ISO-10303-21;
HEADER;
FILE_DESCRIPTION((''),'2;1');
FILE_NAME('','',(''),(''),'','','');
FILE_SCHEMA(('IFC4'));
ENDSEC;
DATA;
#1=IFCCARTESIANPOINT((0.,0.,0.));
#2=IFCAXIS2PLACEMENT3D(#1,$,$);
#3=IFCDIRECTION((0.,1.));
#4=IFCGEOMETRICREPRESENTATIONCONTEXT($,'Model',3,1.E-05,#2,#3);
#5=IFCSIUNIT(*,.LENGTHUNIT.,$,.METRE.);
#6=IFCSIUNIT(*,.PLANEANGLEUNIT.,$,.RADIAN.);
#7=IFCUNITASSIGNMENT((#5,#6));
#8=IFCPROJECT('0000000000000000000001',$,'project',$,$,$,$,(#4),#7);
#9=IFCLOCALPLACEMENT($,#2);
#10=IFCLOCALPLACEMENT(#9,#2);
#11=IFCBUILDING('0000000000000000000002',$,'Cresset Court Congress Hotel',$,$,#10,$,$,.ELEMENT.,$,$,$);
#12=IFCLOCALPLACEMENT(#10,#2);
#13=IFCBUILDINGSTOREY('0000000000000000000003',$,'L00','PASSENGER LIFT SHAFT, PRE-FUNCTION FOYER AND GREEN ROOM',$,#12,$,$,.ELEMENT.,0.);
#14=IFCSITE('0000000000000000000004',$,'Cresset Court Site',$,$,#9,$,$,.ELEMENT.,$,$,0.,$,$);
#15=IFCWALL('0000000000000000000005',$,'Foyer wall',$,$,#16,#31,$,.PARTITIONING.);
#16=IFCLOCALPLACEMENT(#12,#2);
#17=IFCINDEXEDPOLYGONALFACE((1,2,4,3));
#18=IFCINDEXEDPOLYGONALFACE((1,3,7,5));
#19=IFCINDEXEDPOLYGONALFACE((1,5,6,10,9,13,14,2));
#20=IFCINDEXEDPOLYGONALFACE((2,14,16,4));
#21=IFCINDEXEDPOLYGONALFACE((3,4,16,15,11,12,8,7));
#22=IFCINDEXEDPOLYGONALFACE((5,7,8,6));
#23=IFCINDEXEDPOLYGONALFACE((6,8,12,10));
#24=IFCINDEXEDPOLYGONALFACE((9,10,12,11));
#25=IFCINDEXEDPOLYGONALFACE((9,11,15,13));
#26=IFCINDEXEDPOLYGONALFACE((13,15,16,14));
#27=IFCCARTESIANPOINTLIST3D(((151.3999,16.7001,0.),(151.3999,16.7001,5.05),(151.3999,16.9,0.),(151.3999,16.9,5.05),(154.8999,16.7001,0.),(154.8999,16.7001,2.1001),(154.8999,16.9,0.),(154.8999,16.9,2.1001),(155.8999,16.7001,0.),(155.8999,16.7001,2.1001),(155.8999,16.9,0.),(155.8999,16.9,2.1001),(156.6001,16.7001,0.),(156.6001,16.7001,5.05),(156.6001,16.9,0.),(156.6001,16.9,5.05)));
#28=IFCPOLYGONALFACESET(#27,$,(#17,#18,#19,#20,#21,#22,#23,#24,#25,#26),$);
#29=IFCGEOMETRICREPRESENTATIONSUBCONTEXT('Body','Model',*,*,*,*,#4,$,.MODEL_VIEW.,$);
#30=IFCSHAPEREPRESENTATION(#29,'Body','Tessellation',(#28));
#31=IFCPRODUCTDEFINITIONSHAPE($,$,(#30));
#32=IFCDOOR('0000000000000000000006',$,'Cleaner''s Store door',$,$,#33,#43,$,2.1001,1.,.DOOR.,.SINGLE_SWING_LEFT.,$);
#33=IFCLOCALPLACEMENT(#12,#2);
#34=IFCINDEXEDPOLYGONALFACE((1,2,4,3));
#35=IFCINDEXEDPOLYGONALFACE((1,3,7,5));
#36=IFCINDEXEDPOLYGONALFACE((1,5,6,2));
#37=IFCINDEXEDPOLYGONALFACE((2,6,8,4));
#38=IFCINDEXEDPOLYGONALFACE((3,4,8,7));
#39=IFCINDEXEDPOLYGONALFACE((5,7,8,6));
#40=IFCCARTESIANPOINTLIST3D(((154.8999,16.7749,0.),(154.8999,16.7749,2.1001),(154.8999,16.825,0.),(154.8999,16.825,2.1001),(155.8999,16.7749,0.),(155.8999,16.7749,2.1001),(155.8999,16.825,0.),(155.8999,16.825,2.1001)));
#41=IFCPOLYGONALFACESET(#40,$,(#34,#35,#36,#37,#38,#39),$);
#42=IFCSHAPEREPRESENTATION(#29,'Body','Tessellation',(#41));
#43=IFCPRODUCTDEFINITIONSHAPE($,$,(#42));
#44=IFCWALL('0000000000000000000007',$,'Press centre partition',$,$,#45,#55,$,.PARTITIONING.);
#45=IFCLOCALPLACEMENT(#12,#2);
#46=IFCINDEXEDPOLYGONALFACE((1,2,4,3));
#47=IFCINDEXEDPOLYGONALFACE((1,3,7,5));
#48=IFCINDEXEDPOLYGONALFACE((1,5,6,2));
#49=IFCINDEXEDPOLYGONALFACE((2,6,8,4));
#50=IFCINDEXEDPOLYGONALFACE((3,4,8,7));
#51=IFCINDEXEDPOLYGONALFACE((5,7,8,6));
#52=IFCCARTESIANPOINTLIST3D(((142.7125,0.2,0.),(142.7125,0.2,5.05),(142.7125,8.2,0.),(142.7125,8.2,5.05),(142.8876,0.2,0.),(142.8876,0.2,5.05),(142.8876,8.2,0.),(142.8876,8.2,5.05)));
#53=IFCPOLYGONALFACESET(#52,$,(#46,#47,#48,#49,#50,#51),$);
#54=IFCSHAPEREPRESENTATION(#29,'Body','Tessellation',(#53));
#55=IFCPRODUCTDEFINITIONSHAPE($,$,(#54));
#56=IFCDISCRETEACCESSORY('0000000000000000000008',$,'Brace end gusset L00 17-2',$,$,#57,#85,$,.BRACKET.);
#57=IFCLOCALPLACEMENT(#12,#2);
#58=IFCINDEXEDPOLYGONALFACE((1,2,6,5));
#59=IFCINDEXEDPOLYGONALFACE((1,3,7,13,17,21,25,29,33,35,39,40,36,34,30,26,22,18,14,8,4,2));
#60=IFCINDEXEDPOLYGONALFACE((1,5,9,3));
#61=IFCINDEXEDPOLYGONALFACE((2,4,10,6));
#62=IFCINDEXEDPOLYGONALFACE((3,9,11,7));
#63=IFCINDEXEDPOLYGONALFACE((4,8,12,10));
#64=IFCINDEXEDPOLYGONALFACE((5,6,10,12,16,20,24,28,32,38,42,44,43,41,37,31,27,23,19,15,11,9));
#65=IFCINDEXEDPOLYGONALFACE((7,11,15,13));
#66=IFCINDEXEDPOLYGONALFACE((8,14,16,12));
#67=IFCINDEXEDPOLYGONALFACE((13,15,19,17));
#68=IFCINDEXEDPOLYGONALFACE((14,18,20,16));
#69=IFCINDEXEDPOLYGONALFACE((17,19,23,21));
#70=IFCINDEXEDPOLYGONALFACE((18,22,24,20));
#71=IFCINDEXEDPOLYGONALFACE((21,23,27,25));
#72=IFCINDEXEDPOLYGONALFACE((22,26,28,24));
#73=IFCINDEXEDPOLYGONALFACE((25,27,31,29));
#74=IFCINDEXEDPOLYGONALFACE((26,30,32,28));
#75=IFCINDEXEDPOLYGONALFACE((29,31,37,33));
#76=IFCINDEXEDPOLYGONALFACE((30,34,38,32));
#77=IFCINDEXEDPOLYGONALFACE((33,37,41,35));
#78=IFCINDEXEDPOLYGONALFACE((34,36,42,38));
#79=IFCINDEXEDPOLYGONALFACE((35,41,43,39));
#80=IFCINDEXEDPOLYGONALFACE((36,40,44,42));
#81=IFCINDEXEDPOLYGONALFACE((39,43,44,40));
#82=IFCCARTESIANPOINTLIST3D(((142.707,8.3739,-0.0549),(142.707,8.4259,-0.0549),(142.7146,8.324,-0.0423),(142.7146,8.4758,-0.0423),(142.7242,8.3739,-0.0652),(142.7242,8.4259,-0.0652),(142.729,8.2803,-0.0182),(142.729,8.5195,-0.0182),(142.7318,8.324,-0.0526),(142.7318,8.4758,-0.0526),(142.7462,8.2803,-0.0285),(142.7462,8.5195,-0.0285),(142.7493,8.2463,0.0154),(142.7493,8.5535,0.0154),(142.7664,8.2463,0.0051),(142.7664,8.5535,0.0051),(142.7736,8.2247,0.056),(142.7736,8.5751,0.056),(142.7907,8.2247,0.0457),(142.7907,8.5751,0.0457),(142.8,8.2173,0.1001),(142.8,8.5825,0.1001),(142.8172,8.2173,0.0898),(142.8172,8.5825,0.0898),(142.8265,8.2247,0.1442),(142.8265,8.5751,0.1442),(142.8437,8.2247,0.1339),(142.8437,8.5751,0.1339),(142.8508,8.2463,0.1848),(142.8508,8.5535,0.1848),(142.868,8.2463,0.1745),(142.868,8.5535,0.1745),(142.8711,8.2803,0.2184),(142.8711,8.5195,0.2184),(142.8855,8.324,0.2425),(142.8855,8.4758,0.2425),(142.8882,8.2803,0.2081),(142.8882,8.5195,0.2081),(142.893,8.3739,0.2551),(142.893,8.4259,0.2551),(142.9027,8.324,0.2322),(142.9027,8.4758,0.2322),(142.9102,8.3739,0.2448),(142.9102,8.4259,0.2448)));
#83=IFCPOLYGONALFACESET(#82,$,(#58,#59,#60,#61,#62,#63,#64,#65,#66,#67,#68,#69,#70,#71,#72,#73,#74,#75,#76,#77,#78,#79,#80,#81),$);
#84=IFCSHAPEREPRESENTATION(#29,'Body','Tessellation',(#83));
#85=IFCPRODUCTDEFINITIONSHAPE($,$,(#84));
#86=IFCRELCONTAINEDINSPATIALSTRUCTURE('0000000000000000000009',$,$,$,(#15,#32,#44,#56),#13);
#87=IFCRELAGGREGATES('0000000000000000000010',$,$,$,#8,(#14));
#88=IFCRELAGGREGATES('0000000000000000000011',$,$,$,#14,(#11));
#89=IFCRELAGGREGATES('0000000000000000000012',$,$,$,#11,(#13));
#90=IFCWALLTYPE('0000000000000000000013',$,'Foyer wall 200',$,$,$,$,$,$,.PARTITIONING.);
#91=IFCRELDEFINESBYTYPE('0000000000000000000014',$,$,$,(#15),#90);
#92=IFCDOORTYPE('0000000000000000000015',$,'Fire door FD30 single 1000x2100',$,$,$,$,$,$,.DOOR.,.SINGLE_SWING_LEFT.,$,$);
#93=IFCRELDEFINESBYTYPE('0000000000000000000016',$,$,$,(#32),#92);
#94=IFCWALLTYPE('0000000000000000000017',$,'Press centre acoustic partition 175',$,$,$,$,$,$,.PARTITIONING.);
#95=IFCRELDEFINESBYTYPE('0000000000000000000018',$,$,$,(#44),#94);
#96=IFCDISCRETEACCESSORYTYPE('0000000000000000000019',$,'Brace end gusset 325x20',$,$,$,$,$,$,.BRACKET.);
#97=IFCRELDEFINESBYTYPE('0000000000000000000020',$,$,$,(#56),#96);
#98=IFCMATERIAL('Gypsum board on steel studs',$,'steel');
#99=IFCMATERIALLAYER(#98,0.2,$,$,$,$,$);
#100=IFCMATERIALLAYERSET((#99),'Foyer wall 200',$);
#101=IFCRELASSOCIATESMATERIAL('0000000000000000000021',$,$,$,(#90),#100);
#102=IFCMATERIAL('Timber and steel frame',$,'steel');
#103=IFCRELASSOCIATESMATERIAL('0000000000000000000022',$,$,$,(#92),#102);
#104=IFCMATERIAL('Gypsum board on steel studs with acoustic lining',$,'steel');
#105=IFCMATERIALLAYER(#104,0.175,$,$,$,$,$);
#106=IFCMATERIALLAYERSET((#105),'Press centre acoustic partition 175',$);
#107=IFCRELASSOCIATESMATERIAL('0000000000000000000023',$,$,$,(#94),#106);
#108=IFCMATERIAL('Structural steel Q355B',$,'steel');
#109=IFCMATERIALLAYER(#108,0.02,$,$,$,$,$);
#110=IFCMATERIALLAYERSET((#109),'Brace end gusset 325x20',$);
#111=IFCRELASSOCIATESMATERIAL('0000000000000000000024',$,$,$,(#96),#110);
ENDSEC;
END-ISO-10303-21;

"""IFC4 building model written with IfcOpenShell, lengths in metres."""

from ifc_helpers import new_model, si_unit, direction, frame, frame_2d, origin, origin_2d, place, context, subcontext, project, spatial, rectangle, circle, extrude, material, layer, layer_set, type_object, element, fill, save


model = new_model("IFC4")

# Units and contexts
model_context = context("Model", 3, precision=1e-05, world=origin(), true_north=direction((0.0, 1.0)))
body_context = subcontext(model_context, "Body", "Model", "MODEL_VIEW")
ifc_project = project(units=[si_unit("LENGTHUNIT", "METRE"), si_unit("PLANEANGLEUNIT", "RADIAN")], contexts=[model_context])

# Site, building, storey
site_placement = place(None, origin())
site = spatial("IfcSite", under=ifc_project, at=site_placement, Name="Cresset Court Site", CompositionType="ELEMENT", RefElevation=0.0)
building_placement = place(site_placement, origin())
building = spatial("IfcBuilding", under=site, at=building_placement, Name="Cresset Court Congress Hotel", CompositionType="ELEMENT")
storey_placement = place(building_placement, origin())
storey = spatial("IfcBuildingStorey", under=building, at=storey_placement, Name="L00", Description="PASSENGER LIFT SHAFT, PRE-FUNCTION FOYER AND GREEN ROOM", CompositionType="ELEMENT", Elevation=0.0)

# Wall, opening, door
ifc_material_1 = material(Name="Gypsum board on steel studs", Category="steel")
ifc_layer_1 = layer(ifc_material_1, 0.2)
ifc_layer_set_1 = layer_set([ifc_layer_1], Name="Foyer wall 200")
wall_type_1 = type_object("IfcWallType", Name="Foyer wall 200", PredefinedType="PARTITIONING", material=ifc_layer_set_1)
wall_1_placement = place(storey_placement, frame((151.3999, 16.8, 0.0), z_axis=(0.0, 0.0, 1.0), x_axis=(1.0, 0.0, 0.0)))
wall_1 = element("IfcWall", 1, at=wall_1_placement, inside=storey, type_object=wall_type_1, Name="Foyer wall", PredefinedType="PARTITIONING", context=body_context, shape_type="SweptSolid", body=[
    extrude(rectangle(XDim=5.2002, YDim=0.2, at=frame_2d((2.6001, 0.0))), origin(), (0.0, 0.0, 1.0), 5.05),
])
opening_1_placement = place(wall_1_placement, frame((3.5, 0.0, 0.0)))
opening_1 = element("IfcOpeningElement", 2, at=opening_1_placement, cuts=wall_1, PredefinedType="OPENING", context=body_context, shape_type="SweptSolid", body=[
    extrude(rectangle(XDim=1.0, YDim=2.1001, at=frame_2d((0.5, 1.05))), frame((0.0, 0.1099, 0.0), z_axis=(0.0, -1.0, 0.0), x_axis=(1.0, 0.0, 0.0)), (0.0, 0.0, 1.0), 0.22),
])
ifc_material_2 = material(Name="Timber and steel frame", Category="steel")
door_type_1 = type_object("IfcDoorType", Name="Fire door FD30 single 1000x2100", OperationType="SINGLE_SWING_LEFT", PredefinedType="DOOR", material=ifc_material_2)
door_1_placement = place(opening_1_placement, origin())
door_1 = element("IfcDoor", 3, at=door_1_placement, inside=storey, type_object=door_type_1, Name="Cleaner's Store door", OperationType="SINGLE_SWING_LEFT", OverallHeight=2.1001, OverallWidth=1.0, PredefinedType="DOOR", context=body_context, shape_type="SweptSolid", body=[
    extrude(rectangle(XDim=1.0, YDim=2.1001, at=frame_2d((0.5, 1.05))), frame((0.0, 0.0249, 0.0), z_axis=(0.0, -1.0, 0.0), x_axis=(1.0, 0.0, 0.0)), (0.0, 0.0, 1.0), 0.05),
])
fill(opening_1, door_1)

# Wall
ifc_material_3 = material(Name="Gypsum board on steel studs with acoustic lining", Category="steel")
ifc_layer_2 = layer(ifc_material_3, 0.175)
ifc_layer_set_2 = layer_set([ifc_layer_2], Name="Press centre acoustic partition 175")
wall_type_2 = type_object("IfcWallType", Name="Press centre acoustic partition 175", PredefinedType="PARTITIONING", material=ifc_layer_set_2)
wall_2_placement = place(storey_placement, frame((142.8, 0.2, 0.0), z_axis=(0.0, 0.0, 1.0), x_axis=(0.0, 1.0, 0.0)))
element("IfcWall", 4, at=wall_2_placement, inside=storey, type_object=wall_type_2, Name="Press centre partition", PredefinedType="PARTITIONING", context=body_context, shape_type="SweptSolid", body=[
    extrude(rectangle(XDim=8.0, YDim=0.175, at=frame_2d((4.0, 0.0))), origin(), (0.0, 0.0, 1.0), 5.05),
])

# Discrete accessory
ifc_material_4 = material(Name="Structural steel Q355B", Category="steel")
ifc_layer_3 = layer(ifc_material_4, 0.02)
ifc_layer_set_3 = layer_set([ifc_layer_3], Name="Brace end gusset 325x20")
discrete_accessory_type = type_object("IfcDiscreteAccessoryType", Name="Brace end gusset 325x20", PredefinedType="BRACKET", material=ifc_layer_set_3)
discrete_accessory_placement = place(storey_placement, frame((142.8, 8.3999, 0.1001), z_axis=(0.857493, 0.0, -0.514496), x_axis=(0.0, 1.0, 0.0)))
element("IfcDiscreteAccessory", 5, at=discrete_accessory_placement, inside=storey, type_object=discrete_accessory_type, Name="Brace end gusset L00 17-2", PredefinedType="BRACKET", context=body_context, shape_type="SweptSolid", body=[
    extrude(circle(Radius=0.1826, at=origin_2d()), origin(), (0.0, 0.0, 1.0), 0.02),
])

save(model, "model.ifc")
